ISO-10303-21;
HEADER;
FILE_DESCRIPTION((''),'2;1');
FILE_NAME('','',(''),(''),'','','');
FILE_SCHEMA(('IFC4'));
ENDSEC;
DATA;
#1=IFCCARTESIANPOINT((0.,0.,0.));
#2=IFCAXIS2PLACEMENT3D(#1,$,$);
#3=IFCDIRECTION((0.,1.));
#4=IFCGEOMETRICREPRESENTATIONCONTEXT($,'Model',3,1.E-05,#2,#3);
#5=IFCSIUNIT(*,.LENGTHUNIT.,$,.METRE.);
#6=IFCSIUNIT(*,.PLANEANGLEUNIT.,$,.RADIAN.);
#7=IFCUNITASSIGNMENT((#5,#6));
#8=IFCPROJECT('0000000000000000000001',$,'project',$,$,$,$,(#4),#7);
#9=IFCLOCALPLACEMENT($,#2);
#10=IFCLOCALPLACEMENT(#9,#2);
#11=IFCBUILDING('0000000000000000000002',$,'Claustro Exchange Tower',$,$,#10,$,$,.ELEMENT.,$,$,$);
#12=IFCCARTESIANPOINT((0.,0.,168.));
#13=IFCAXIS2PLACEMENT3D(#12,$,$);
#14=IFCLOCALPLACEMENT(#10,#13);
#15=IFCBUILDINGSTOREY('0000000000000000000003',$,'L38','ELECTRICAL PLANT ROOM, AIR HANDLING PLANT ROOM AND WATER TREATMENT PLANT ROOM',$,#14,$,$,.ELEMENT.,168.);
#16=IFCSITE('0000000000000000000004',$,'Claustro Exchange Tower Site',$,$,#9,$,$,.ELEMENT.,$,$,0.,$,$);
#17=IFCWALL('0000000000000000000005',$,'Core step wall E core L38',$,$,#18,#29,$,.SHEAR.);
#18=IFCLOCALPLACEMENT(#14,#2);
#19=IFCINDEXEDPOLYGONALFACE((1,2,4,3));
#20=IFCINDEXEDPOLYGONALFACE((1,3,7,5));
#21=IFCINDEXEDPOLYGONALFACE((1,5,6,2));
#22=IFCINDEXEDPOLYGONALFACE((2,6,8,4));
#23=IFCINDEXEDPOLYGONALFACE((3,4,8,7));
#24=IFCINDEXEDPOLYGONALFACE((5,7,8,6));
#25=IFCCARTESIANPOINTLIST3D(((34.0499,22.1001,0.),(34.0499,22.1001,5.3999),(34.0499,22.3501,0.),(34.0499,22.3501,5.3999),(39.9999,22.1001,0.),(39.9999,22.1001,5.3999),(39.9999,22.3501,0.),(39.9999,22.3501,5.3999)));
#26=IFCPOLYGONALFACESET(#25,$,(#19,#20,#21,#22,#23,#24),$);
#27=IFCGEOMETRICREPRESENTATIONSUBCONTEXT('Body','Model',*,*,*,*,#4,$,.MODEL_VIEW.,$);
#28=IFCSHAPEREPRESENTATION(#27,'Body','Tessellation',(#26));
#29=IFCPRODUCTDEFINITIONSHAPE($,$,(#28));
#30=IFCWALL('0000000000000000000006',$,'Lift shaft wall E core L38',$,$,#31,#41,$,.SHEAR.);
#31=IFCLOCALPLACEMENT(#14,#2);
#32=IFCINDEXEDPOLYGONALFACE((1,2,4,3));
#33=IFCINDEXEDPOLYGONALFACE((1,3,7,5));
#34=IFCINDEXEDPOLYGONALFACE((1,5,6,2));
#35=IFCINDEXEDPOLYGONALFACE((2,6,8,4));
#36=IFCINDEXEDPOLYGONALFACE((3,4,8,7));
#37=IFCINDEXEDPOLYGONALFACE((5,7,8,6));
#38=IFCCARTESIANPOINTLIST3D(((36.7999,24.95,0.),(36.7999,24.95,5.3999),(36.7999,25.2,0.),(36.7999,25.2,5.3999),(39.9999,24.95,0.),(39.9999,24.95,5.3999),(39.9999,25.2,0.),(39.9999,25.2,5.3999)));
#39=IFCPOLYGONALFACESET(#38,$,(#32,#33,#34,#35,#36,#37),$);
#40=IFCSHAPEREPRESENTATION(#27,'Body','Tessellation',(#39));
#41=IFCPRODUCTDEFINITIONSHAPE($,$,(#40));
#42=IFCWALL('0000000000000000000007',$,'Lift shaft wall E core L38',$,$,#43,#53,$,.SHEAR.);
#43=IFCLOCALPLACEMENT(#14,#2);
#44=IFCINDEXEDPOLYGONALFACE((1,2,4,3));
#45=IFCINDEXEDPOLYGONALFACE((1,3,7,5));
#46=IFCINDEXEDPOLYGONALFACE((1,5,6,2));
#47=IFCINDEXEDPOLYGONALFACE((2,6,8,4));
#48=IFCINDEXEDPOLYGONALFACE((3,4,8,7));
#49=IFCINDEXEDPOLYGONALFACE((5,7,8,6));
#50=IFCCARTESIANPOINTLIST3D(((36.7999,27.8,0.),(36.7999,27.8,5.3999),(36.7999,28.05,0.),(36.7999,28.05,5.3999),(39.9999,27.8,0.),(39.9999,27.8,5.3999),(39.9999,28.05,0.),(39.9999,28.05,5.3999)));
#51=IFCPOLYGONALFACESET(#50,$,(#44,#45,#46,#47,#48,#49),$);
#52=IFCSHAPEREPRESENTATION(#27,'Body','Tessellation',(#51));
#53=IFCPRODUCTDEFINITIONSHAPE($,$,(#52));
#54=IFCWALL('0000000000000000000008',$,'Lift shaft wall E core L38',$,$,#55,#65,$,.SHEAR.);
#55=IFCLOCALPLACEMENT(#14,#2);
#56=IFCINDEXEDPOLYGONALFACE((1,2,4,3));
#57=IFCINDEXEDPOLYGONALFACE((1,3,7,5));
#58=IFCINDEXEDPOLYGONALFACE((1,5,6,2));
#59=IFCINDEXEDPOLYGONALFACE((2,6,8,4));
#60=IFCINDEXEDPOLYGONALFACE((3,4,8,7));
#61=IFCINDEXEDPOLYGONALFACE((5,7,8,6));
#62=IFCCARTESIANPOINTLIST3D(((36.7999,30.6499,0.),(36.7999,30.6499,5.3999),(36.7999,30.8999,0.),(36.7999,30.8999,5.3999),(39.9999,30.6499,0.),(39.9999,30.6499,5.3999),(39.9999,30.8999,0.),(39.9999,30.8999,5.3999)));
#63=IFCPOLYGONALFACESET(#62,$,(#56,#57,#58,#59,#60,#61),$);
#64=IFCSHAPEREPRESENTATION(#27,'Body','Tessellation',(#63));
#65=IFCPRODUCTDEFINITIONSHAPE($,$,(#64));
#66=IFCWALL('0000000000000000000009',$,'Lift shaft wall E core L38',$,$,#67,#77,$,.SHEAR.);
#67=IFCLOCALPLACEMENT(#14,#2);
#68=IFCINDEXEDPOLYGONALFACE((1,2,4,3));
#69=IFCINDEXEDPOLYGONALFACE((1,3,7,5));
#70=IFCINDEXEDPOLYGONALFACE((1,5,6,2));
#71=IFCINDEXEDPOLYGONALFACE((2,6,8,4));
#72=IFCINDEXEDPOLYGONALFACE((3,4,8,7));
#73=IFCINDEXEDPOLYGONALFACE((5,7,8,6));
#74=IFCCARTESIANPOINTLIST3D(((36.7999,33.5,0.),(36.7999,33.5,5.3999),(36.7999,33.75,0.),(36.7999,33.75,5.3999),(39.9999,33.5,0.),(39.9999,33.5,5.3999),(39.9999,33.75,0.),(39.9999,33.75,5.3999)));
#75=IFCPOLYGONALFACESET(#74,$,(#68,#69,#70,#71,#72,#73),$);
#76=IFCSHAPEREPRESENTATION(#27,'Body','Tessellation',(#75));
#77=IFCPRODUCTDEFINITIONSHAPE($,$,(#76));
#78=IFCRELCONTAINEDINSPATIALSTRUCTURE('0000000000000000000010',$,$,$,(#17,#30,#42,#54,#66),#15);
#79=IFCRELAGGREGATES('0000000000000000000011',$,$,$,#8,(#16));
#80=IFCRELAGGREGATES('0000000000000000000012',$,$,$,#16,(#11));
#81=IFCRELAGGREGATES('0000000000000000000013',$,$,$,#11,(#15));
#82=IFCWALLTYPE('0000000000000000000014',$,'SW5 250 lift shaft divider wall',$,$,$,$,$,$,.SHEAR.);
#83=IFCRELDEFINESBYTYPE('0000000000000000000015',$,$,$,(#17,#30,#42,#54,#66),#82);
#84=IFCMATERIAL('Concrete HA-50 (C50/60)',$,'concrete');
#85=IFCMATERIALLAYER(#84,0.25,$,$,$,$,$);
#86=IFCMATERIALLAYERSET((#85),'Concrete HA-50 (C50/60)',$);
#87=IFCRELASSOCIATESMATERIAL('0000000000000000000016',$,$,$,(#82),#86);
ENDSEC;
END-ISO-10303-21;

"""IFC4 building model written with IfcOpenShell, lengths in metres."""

from ifc_helpers import new_model, si_unit, direction, frame, frame_2d, origin, place, context, subcontext, project, spatial, rectangle, extrude, material, layer, layer_set, type_object, element, save


model = new_model("IFC4")

# Units and contexts
model_context = context("Model", 3, precision=1e-05, world=origin(), true_north=direction((0.0, 1.0)))
body_context = subcontext(model_context, "Body", "Model", "MODEL_VIEW")
ifc_project = project(units=[si_unit("LENGTHUNIT", "METRE"), si_unit("PLANEANGLEUNIT", "RADIAN")], contexts=[model_context])

# Site, building, storey
site_placement = place(None, origin())
site = spatial("IfcSite", under=ifc_project, at=site_placement, Name="Claustro Exchange Tower Site", CompositionType="ELEMENT", RefElevation=0.0)
building_placement = place(site_placement, origin())
building = spatial("IfcBuilding", under=site, at=building_placement, Name="Claustro Exchange Tower", CompositionType="ELEMENT")
storey_placement = place(building_placement, frame((0.0, 0.0, 168.0)))
storey = spatial("IfcBuildingStorey", under=building, at=storey_placement, Name="L38", Description="ELECTRICAL PLANT ROOM, AIR HANDLING PLANT ROOM AND WATER TREATMENT PLANT ROOM", CompositionType="ELEMENT", Elevation=168.0)

# Walls
ifc_material_1 = material(Name="Concrete HA-50 (C50/60)", Category="concrete")
ifc_layer_1 = layer(ifc_material_1, 0.25)
ifc_layer_set_1 = layer_set([ifc_layer_1], Name="Concrete HA-50 (C50/60)")
wall_type_1 = type_object("IfcWallType", Name="SW5 250 lift shaft divider wall", PredefinedType="SHEAR", material=ifc_layer_set_1)
wall_1_placement = place(storey_placement, frame((40.0, 22.2251, 0.0), z_axis=(0.0, 0.0, 1.0), x_axis=(-1.0, 0.0, 0.0)))
element("IfcWall", 1, at=wall_1_placement, inside=storey, type_object=wall_type_1, Name="Core step wall E core L38", PredefinedType="SHEAR", context=body_context, shape_type="SweptSolid", body=[
    extrude(rectangle(XDim=5.95, YDim=0.25, at=frame_2d((2.9751, 0.0))), origin(), (0.0, 0.0, 1.0), 5.3999),
])
for number, where, z_axis, x_axis, name in (
    (2, (40.0, 25.075, 0.0), (0.0, 0.0, 1.0), (-1.0, 0.0, 0.0), "Lift shaft wall E core L38"),
    (3, (40.0, 27.925, 0.0), (0.0, 0.0, 1.0), (-1.0, 0.0, 0.0), "Lift shaft wall E core L38"),
    (4, (40.0, 30.7749, 0.0), (0.0, 0.0, 1.0), (-1.0, 0.0, 0.0), "Lift shaft wall E core L38"),
    (5, (40.0, 33.625, 0.0), (0.0, 0.0, 1.0), (-1.0, 0.0, 0.0), "Lift shaft wall E core L38"),
):
    element("IfcWall", number, at=place(storey_placement, frame(where, z_axis=z_axis, x_axis=x_axis)), inside=storey, type_object=wall_type_1, Name=name, PredefinedType="SHEAR", context=body_context, shape_type="SweptSolid", body=[
        extrude(rectangle(XDim=3.2, YDim=0.25, at=frame_2d((1.6001, 0.0))), origin(), (0.0, 0.0, 1.0), 5.3999),
    ])

save(model, "model.ifc")
